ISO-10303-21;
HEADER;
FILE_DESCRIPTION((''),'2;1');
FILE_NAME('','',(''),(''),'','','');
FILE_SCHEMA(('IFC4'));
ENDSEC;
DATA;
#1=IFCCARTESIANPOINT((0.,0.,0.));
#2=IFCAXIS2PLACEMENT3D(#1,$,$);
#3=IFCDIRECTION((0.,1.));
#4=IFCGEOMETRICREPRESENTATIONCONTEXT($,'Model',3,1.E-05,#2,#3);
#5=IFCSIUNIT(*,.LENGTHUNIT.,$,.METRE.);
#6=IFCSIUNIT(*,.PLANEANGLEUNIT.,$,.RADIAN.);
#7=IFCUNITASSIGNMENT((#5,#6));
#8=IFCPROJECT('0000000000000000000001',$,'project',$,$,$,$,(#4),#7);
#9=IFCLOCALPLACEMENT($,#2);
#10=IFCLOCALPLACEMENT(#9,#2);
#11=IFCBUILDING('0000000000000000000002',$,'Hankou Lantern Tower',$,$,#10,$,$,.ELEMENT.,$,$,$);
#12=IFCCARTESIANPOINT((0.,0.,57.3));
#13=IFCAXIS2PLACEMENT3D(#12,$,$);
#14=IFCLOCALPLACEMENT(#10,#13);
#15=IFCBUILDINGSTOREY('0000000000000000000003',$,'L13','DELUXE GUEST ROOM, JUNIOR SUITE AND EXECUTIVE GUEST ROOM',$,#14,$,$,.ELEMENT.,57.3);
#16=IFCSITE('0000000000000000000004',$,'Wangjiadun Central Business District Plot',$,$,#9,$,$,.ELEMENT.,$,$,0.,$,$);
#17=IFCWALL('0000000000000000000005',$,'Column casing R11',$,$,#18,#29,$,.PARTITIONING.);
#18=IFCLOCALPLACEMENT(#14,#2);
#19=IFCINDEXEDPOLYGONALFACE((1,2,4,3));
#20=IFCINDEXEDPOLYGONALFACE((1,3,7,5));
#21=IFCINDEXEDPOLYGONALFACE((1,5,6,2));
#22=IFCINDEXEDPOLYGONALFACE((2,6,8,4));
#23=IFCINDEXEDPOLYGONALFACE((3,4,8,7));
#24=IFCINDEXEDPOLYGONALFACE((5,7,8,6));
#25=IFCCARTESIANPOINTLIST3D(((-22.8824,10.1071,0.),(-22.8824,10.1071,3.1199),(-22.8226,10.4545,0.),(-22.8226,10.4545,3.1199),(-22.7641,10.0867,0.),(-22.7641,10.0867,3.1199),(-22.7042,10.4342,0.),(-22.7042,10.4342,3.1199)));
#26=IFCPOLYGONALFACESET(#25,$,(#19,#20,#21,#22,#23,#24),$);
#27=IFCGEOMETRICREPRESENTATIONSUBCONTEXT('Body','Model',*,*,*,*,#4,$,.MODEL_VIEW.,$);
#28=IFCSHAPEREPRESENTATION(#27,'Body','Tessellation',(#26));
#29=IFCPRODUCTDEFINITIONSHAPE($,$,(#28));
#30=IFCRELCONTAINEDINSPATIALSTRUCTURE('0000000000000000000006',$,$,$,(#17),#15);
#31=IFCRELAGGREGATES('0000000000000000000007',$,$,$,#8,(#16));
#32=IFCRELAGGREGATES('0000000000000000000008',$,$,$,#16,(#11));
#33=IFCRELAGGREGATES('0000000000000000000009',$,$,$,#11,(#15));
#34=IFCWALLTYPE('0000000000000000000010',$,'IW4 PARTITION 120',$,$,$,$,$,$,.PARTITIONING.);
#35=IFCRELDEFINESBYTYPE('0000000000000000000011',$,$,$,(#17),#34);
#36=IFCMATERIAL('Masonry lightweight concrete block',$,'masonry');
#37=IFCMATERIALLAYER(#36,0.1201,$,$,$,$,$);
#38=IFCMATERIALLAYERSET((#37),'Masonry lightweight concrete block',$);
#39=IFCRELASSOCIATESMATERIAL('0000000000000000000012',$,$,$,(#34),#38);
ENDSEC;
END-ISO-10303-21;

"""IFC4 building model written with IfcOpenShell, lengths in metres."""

from ifc_helpers import new_model, si_unit, direction, frame, frame_2d, origin, place, context, subcontext, project, spatial, rectangle, extrude, material, layer, layer_set, type_object, element, save


model = new_model("IFC4")

# Units and contexts
model_context = context("Model", 3, precision=1e-05, world=origin(), true_north=direction((0.0, 1.0)))
body_context = subcontext(model_context, "Body", "Model", "MODEL_VIEW")
ifc_project = project(units=[si_unit("LENGTHUNIT", "METRE"), si_unit("PLANEANGLEUNIT", "RADIAN")], contexts=[model_context])

# Site, building, storey
site_placement = place(None, origin())
site = spatial("IfcSite", under=ifc_project, at=site_placement, Name="Wangjiadun Central Business District Plot", CompositionType="ELEMENT", RefElevation=0.0)
building_placement = place(site_placement, origin())
building = spatial("IfcBuilding", under=site, at=building_placement, Name="Hankou Lantern Tower", CompositionType="ELEMENT")
storey_placement = place(building_placement, frame((0.0, 0.0, 57.3)))
storey = spatial("IfcBuildingStorey", under=building, at=storey_placement, Name="L13", Description="DELUXE GUEST ROOM, JUNIOR SUITE AND EXECUTIVE GUEST ROOM", CompositionType="ELEMENT", Elevation=57.3)

# Wall
ifc_material_1 = material(Name="Masonry lightweight concrete block", Category="masonry")
ifc_layer_1 = layer(ifc_material_1, 0.1201)
ifc_layer_set_1 = layer_set([ifc_layer_1], Name="Masonry lightweight concrete block")
wall_type_1 = type_object("IfcWallType", Name="IW4 PARTITION 120", PredefinedType="PARTITIONING", material=ifc_layer_set_1)
wall_1_placement = place(storey_placement, frame((-22.8232, 10.0969, 0.0), z_axis=(0.0, 0.0, 1.0), x_axis=(0.169675, 0.9855, 0.0)))
element("IfcWall", 1, at=wall_1_placement, inside=storey, type_object=wall_type_1, Name="Column casing R11", PredefinedType="PARTITIONING", context=body_context, shape_type="SweptSolid", body=[
    extrude(rectangle(XDim=0.3525, YDim=0.1201, at=frame_2d((0.1763, 0.0))), origin(), (0.0, 0.0, 1.0), 3.1199),
])

save(model, "model.ifc")
